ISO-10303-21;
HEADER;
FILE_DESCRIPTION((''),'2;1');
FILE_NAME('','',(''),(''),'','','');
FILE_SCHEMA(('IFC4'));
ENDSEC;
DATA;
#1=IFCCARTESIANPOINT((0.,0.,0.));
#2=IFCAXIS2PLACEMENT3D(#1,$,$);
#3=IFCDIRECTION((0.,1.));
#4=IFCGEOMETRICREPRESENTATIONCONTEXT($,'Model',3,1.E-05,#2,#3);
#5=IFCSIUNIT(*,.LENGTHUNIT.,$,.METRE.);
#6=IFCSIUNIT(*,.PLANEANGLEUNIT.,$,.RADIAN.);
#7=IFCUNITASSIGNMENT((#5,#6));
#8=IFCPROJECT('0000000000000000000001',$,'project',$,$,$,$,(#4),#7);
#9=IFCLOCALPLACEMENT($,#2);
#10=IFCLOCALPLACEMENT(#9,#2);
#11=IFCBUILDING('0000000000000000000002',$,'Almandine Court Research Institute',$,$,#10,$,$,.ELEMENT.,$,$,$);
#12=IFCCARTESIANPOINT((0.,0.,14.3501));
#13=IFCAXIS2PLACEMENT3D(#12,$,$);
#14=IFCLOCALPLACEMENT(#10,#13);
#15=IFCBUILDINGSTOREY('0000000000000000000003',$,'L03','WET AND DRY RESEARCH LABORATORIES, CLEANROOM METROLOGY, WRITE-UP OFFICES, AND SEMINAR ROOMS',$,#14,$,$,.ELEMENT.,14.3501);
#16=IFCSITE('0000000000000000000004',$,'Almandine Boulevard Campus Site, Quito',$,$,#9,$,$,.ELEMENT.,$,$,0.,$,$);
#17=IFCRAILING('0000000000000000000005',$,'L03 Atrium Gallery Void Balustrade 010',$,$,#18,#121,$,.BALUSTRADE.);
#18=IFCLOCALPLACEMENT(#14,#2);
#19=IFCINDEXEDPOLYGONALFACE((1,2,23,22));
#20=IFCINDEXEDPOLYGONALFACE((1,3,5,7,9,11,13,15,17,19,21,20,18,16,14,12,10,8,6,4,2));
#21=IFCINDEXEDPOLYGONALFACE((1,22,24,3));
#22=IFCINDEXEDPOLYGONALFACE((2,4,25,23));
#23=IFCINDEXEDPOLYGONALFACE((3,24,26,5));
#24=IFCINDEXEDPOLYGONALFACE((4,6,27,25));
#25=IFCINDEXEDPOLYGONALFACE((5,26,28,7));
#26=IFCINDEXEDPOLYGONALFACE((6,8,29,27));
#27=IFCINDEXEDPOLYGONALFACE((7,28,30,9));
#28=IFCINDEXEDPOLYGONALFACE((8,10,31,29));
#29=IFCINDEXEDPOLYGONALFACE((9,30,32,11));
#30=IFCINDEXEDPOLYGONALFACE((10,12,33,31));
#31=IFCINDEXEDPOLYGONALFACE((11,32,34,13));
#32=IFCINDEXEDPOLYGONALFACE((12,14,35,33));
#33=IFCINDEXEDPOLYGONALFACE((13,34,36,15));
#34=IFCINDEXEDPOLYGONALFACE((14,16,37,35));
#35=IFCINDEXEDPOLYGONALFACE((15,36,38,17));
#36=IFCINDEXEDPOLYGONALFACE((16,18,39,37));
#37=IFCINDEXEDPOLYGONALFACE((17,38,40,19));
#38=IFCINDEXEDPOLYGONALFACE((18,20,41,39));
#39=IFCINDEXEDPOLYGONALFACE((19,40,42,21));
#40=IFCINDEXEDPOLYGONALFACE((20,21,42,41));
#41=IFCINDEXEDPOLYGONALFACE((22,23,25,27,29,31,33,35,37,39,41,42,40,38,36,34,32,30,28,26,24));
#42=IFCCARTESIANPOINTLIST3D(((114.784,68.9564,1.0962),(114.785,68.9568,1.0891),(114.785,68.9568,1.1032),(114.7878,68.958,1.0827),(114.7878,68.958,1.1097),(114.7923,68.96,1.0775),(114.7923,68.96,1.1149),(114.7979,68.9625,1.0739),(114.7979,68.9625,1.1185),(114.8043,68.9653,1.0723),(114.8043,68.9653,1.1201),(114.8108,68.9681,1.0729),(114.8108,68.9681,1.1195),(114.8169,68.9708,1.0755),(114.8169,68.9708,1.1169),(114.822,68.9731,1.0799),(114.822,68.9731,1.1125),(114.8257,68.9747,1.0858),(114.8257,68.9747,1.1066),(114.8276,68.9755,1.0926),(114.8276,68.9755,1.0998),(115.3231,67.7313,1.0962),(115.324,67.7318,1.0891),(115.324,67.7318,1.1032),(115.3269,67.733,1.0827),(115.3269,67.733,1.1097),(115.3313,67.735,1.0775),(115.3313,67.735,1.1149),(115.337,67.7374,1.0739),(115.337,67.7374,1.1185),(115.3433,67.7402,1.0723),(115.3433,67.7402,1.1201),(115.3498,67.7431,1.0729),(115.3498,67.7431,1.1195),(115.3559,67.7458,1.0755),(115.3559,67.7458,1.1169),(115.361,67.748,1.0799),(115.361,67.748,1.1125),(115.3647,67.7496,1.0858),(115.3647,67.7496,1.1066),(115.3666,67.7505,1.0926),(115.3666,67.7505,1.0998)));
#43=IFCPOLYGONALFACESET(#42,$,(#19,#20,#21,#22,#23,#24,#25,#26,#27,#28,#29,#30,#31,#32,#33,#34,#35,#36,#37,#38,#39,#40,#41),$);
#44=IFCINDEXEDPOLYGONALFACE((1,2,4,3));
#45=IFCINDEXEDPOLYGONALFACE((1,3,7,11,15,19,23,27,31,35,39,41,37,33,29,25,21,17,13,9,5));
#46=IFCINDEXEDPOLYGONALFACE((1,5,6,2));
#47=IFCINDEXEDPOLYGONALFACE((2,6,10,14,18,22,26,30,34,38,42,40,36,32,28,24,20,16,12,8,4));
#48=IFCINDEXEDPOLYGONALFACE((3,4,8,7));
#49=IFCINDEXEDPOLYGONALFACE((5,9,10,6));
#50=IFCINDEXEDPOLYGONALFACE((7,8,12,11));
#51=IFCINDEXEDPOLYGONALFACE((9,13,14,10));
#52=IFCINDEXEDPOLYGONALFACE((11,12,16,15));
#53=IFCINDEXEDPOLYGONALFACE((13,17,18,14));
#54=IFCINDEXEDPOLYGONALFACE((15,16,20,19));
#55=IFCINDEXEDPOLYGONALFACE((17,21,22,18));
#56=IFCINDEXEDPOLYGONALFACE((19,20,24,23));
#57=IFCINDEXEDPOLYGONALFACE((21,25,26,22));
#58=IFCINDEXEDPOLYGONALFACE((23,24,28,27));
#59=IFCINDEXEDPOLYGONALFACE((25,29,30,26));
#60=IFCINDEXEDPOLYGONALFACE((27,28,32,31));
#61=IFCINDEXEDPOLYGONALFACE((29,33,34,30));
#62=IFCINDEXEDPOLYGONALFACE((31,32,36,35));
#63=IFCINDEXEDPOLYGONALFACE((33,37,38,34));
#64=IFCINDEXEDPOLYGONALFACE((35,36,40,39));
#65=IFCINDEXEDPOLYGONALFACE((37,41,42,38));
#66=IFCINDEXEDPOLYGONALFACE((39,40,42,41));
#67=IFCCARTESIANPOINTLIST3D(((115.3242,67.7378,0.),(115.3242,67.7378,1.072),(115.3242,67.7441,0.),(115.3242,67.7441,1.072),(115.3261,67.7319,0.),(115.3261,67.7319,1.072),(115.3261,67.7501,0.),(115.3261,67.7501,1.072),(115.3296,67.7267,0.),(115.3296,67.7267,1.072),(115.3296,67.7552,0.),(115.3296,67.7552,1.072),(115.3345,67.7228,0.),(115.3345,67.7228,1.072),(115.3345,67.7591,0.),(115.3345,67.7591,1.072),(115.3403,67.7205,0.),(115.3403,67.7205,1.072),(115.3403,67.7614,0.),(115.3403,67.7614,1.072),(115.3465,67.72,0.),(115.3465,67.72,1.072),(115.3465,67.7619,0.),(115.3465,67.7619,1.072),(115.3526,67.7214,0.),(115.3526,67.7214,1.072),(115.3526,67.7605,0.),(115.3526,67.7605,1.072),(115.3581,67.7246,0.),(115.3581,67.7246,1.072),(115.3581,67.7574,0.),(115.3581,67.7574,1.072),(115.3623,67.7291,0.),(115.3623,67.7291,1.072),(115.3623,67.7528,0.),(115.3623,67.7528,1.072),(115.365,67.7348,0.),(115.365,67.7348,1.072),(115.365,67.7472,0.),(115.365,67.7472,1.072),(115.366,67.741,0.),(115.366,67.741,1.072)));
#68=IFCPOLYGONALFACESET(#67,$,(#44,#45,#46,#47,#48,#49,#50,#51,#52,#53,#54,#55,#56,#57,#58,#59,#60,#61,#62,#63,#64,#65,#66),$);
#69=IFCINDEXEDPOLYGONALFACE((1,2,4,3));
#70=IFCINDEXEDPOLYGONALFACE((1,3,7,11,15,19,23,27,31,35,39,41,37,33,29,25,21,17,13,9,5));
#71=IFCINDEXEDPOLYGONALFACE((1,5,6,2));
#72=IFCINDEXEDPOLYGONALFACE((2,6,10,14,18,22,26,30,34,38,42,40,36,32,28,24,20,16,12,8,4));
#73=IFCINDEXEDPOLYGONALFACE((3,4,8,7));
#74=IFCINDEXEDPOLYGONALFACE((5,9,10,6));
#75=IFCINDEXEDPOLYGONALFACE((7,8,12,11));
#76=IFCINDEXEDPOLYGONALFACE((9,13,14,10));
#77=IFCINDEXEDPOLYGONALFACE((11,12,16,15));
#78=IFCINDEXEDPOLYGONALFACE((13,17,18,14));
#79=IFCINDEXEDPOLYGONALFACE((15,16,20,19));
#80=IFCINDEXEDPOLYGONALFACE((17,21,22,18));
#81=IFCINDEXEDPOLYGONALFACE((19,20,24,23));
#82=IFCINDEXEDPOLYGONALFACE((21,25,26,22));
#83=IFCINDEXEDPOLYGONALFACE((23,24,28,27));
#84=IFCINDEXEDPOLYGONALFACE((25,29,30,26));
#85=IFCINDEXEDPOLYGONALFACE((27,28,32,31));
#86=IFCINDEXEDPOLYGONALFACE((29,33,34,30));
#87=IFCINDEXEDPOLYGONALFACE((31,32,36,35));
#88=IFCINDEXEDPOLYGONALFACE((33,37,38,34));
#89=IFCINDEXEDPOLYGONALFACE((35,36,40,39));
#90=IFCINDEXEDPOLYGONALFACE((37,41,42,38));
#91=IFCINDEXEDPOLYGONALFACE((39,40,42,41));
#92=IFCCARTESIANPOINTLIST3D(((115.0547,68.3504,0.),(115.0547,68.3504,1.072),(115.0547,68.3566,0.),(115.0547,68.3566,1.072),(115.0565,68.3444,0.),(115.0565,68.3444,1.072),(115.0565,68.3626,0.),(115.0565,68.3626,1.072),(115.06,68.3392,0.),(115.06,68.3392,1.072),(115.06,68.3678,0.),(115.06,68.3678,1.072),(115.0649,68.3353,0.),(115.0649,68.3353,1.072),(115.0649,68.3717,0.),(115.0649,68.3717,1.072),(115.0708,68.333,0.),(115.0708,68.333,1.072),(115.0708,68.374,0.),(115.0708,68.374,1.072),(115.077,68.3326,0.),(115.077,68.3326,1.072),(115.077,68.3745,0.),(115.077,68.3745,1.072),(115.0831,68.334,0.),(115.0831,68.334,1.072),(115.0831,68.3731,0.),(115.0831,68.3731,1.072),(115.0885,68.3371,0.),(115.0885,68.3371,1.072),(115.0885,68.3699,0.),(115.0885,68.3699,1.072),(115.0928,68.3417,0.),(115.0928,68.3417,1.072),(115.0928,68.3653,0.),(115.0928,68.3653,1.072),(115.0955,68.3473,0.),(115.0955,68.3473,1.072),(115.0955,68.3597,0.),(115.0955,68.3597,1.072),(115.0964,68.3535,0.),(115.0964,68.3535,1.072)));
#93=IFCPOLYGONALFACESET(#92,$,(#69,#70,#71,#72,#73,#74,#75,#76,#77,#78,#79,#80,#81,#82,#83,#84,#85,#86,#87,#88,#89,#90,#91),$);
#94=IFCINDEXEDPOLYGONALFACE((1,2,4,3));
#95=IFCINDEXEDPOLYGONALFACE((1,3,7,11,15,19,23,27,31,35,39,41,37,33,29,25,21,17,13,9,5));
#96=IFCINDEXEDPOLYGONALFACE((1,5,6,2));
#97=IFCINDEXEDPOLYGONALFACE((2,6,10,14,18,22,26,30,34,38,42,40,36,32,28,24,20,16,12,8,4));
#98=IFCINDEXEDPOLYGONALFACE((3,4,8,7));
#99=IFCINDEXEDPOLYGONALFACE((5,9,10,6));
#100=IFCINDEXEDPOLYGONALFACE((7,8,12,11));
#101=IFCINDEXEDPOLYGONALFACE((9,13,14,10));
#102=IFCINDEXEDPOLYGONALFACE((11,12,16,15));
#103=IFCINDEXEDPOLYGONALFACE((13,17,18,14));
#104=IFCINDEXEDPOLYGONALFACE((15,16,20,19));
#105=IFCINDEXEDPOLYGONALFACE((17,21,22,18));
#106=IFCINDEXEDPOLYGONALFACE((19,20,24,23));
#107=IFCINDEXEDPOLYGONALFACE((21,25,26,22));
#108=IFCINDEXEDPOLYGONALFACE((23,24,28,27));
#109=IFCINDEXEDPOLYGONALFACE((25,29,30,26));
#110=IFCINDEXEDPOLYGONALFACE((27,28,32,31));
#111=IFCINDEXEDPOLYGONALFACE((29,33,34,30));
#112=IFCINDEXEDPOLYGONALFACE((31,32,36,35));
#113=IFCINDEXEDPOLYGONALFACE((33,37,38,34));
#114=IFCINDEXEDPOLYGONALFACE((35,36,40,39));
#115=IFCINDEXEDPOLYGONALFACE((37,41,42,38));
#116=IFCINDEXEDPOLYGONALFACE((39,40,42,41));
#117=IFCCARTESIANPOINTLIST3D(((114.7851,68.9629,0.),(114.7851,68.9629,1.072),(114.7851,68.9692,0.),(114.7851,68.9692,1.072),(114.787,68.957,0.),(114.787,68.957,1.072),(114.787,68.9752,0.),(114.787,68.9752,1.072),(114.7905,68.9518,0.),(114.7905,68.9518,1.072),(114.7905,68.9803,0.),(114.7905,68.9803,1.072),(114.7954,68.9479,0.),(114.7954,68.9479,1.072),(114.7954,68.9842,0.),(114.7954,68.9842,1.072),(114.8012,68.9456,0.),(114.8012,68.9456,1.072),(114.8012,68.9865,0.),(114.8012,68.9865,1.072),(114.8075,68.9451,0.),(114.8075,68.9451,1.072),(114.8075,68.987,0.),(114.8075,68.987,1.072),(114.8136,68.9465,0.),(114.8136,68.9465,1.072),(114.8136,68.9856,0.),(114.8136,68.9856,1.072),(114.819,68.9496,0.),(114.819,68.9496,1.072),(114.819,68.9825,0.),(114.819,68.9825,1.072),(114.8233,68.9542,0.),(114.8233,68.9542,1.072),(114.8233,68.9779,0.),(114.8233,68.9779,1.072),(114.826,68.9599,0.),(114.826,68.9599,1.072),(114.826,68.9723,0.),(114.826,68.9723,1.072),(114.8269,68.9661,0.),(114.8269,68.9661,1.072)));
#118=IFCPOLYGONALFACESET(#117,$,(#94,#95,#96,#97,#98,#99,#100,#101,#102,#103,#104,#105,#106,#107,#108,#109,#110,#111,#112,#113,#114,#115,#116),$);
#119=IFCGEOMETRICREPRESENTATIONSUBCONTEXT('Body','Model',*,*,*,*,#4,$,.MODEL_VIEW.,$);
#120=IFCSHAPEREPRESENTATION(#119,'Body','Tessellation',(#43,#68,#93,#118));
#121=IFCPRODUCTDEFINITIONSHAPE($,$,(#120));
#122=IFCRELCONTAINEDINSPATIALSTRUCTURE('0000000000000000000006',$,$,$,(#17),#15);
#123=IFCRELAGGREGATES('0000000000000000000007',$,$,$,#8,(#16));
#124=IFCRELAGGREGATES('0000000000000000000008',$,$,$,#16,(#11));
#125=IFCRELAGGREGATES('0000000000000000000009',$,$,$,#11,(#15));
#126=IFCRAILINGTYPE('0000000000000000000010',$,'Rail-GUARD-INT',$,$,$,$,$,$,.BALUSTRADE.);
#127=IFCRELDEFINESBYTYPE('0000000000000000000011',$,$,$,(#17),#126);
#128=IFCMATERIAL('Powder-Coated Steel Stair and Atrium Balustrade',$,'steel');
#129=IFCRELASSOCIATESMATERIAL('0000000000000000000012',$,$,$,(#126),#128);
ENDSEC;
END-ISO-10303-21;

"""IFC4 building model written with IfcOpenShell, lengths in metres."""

from ifc_helpers import new_model, si_unit, direction, frame, origin, origin_2d, place, context, subcontext, project, spatial, circle, extrude, material, type_object, element, save


model = new_model("IFC4")

# Units and contexts
model_context = context("Model", 3, precision=1e-05, world=origin(), true_north=direction((0.0, 1.0)))
body_context = subcontext(model_context, "Body", "Model", "MODEL_VIEW")
ifc_project = project(units=[si_unit("LENGTHUNIT", "METRE"), si_unit("PLANEANGLEUNIT", "RADIAN")], contexts=[model_context])

# Site, building, storey
site_placement = place(None, origin())
site = spatial("IfcSite", under=ifc_project, at=site_placement, Name="Almandine Boulevard Campus Site, Quito", CompositionType="ELEMENT", RefElevation=0.0)
building_placement = place(site_placement, origin())
building = spatial("IfcBuilding", under=site, at=building_placement, Name="Almandine Court Research Institute", CompositionType="ELEMENT")
storey_placement = place(building_placement, frame((0.0, 0.0, 14.3501)))
storey = spatial("IfcBuildingStorey", under=building, at=storey_placement, Name="L03", Description="WET AND DRY RESEARCH LABORATORIES, CLEANROOM METROLOGY, WRITE-UP OFFICES, AND SEMINAR ROOMS", CompositionType="ELEMENT", Elevation=14.3501)

# Railing
ifc_material_1 = material(Name="Powder-Coated Steel Stair and Atrium Balustrade", Category="steel")
railing_type = type_object("IfcRailingType", Name="Rail-GUARD-INT", PredefinedType="BALUSTRADE", material=ifc_material_1)
railing_1_placement = place(storey_placement, frame((115.345, 67.741, 0.0)))
element("IfcRailing", 1, at=railing_1_placement, inside=storey, type_object=railing_type, Name="L03 Atrium Gallery Void Balustrade 010", PredefinedType="BALUSTRADE", context=body_context, shape_type="SweptSolid", body=[
    extrude(circle(Radius=0.0239, at=origin_2d()), frame((0.0, 0.0, 1.0962), z_axis=(-0.402751, 0.91531, 0.0), x_axis=(-0.91531, -0.402751, 0.0)), (0.0, 0.0, 1.0), 1.3384),
    extrude(circle(Radius=0.021, at=origin_2d()), origin(), (0.0, 0.0, 1.0), 1.072),
    extrude(circle(Radius=0.021, at=origin_2d()), frame((-0.2695, 0.6125, 0.0)), (0.0, 0.0, 1.0), 1.072),
    extrude(circle(Radius=0.021, at=origin_2d()), frame((-0.5391, 1.2251, 0.0)), (0.0, 0.0, 1.0), 1.072),
])

save(model, "model.ifc")
